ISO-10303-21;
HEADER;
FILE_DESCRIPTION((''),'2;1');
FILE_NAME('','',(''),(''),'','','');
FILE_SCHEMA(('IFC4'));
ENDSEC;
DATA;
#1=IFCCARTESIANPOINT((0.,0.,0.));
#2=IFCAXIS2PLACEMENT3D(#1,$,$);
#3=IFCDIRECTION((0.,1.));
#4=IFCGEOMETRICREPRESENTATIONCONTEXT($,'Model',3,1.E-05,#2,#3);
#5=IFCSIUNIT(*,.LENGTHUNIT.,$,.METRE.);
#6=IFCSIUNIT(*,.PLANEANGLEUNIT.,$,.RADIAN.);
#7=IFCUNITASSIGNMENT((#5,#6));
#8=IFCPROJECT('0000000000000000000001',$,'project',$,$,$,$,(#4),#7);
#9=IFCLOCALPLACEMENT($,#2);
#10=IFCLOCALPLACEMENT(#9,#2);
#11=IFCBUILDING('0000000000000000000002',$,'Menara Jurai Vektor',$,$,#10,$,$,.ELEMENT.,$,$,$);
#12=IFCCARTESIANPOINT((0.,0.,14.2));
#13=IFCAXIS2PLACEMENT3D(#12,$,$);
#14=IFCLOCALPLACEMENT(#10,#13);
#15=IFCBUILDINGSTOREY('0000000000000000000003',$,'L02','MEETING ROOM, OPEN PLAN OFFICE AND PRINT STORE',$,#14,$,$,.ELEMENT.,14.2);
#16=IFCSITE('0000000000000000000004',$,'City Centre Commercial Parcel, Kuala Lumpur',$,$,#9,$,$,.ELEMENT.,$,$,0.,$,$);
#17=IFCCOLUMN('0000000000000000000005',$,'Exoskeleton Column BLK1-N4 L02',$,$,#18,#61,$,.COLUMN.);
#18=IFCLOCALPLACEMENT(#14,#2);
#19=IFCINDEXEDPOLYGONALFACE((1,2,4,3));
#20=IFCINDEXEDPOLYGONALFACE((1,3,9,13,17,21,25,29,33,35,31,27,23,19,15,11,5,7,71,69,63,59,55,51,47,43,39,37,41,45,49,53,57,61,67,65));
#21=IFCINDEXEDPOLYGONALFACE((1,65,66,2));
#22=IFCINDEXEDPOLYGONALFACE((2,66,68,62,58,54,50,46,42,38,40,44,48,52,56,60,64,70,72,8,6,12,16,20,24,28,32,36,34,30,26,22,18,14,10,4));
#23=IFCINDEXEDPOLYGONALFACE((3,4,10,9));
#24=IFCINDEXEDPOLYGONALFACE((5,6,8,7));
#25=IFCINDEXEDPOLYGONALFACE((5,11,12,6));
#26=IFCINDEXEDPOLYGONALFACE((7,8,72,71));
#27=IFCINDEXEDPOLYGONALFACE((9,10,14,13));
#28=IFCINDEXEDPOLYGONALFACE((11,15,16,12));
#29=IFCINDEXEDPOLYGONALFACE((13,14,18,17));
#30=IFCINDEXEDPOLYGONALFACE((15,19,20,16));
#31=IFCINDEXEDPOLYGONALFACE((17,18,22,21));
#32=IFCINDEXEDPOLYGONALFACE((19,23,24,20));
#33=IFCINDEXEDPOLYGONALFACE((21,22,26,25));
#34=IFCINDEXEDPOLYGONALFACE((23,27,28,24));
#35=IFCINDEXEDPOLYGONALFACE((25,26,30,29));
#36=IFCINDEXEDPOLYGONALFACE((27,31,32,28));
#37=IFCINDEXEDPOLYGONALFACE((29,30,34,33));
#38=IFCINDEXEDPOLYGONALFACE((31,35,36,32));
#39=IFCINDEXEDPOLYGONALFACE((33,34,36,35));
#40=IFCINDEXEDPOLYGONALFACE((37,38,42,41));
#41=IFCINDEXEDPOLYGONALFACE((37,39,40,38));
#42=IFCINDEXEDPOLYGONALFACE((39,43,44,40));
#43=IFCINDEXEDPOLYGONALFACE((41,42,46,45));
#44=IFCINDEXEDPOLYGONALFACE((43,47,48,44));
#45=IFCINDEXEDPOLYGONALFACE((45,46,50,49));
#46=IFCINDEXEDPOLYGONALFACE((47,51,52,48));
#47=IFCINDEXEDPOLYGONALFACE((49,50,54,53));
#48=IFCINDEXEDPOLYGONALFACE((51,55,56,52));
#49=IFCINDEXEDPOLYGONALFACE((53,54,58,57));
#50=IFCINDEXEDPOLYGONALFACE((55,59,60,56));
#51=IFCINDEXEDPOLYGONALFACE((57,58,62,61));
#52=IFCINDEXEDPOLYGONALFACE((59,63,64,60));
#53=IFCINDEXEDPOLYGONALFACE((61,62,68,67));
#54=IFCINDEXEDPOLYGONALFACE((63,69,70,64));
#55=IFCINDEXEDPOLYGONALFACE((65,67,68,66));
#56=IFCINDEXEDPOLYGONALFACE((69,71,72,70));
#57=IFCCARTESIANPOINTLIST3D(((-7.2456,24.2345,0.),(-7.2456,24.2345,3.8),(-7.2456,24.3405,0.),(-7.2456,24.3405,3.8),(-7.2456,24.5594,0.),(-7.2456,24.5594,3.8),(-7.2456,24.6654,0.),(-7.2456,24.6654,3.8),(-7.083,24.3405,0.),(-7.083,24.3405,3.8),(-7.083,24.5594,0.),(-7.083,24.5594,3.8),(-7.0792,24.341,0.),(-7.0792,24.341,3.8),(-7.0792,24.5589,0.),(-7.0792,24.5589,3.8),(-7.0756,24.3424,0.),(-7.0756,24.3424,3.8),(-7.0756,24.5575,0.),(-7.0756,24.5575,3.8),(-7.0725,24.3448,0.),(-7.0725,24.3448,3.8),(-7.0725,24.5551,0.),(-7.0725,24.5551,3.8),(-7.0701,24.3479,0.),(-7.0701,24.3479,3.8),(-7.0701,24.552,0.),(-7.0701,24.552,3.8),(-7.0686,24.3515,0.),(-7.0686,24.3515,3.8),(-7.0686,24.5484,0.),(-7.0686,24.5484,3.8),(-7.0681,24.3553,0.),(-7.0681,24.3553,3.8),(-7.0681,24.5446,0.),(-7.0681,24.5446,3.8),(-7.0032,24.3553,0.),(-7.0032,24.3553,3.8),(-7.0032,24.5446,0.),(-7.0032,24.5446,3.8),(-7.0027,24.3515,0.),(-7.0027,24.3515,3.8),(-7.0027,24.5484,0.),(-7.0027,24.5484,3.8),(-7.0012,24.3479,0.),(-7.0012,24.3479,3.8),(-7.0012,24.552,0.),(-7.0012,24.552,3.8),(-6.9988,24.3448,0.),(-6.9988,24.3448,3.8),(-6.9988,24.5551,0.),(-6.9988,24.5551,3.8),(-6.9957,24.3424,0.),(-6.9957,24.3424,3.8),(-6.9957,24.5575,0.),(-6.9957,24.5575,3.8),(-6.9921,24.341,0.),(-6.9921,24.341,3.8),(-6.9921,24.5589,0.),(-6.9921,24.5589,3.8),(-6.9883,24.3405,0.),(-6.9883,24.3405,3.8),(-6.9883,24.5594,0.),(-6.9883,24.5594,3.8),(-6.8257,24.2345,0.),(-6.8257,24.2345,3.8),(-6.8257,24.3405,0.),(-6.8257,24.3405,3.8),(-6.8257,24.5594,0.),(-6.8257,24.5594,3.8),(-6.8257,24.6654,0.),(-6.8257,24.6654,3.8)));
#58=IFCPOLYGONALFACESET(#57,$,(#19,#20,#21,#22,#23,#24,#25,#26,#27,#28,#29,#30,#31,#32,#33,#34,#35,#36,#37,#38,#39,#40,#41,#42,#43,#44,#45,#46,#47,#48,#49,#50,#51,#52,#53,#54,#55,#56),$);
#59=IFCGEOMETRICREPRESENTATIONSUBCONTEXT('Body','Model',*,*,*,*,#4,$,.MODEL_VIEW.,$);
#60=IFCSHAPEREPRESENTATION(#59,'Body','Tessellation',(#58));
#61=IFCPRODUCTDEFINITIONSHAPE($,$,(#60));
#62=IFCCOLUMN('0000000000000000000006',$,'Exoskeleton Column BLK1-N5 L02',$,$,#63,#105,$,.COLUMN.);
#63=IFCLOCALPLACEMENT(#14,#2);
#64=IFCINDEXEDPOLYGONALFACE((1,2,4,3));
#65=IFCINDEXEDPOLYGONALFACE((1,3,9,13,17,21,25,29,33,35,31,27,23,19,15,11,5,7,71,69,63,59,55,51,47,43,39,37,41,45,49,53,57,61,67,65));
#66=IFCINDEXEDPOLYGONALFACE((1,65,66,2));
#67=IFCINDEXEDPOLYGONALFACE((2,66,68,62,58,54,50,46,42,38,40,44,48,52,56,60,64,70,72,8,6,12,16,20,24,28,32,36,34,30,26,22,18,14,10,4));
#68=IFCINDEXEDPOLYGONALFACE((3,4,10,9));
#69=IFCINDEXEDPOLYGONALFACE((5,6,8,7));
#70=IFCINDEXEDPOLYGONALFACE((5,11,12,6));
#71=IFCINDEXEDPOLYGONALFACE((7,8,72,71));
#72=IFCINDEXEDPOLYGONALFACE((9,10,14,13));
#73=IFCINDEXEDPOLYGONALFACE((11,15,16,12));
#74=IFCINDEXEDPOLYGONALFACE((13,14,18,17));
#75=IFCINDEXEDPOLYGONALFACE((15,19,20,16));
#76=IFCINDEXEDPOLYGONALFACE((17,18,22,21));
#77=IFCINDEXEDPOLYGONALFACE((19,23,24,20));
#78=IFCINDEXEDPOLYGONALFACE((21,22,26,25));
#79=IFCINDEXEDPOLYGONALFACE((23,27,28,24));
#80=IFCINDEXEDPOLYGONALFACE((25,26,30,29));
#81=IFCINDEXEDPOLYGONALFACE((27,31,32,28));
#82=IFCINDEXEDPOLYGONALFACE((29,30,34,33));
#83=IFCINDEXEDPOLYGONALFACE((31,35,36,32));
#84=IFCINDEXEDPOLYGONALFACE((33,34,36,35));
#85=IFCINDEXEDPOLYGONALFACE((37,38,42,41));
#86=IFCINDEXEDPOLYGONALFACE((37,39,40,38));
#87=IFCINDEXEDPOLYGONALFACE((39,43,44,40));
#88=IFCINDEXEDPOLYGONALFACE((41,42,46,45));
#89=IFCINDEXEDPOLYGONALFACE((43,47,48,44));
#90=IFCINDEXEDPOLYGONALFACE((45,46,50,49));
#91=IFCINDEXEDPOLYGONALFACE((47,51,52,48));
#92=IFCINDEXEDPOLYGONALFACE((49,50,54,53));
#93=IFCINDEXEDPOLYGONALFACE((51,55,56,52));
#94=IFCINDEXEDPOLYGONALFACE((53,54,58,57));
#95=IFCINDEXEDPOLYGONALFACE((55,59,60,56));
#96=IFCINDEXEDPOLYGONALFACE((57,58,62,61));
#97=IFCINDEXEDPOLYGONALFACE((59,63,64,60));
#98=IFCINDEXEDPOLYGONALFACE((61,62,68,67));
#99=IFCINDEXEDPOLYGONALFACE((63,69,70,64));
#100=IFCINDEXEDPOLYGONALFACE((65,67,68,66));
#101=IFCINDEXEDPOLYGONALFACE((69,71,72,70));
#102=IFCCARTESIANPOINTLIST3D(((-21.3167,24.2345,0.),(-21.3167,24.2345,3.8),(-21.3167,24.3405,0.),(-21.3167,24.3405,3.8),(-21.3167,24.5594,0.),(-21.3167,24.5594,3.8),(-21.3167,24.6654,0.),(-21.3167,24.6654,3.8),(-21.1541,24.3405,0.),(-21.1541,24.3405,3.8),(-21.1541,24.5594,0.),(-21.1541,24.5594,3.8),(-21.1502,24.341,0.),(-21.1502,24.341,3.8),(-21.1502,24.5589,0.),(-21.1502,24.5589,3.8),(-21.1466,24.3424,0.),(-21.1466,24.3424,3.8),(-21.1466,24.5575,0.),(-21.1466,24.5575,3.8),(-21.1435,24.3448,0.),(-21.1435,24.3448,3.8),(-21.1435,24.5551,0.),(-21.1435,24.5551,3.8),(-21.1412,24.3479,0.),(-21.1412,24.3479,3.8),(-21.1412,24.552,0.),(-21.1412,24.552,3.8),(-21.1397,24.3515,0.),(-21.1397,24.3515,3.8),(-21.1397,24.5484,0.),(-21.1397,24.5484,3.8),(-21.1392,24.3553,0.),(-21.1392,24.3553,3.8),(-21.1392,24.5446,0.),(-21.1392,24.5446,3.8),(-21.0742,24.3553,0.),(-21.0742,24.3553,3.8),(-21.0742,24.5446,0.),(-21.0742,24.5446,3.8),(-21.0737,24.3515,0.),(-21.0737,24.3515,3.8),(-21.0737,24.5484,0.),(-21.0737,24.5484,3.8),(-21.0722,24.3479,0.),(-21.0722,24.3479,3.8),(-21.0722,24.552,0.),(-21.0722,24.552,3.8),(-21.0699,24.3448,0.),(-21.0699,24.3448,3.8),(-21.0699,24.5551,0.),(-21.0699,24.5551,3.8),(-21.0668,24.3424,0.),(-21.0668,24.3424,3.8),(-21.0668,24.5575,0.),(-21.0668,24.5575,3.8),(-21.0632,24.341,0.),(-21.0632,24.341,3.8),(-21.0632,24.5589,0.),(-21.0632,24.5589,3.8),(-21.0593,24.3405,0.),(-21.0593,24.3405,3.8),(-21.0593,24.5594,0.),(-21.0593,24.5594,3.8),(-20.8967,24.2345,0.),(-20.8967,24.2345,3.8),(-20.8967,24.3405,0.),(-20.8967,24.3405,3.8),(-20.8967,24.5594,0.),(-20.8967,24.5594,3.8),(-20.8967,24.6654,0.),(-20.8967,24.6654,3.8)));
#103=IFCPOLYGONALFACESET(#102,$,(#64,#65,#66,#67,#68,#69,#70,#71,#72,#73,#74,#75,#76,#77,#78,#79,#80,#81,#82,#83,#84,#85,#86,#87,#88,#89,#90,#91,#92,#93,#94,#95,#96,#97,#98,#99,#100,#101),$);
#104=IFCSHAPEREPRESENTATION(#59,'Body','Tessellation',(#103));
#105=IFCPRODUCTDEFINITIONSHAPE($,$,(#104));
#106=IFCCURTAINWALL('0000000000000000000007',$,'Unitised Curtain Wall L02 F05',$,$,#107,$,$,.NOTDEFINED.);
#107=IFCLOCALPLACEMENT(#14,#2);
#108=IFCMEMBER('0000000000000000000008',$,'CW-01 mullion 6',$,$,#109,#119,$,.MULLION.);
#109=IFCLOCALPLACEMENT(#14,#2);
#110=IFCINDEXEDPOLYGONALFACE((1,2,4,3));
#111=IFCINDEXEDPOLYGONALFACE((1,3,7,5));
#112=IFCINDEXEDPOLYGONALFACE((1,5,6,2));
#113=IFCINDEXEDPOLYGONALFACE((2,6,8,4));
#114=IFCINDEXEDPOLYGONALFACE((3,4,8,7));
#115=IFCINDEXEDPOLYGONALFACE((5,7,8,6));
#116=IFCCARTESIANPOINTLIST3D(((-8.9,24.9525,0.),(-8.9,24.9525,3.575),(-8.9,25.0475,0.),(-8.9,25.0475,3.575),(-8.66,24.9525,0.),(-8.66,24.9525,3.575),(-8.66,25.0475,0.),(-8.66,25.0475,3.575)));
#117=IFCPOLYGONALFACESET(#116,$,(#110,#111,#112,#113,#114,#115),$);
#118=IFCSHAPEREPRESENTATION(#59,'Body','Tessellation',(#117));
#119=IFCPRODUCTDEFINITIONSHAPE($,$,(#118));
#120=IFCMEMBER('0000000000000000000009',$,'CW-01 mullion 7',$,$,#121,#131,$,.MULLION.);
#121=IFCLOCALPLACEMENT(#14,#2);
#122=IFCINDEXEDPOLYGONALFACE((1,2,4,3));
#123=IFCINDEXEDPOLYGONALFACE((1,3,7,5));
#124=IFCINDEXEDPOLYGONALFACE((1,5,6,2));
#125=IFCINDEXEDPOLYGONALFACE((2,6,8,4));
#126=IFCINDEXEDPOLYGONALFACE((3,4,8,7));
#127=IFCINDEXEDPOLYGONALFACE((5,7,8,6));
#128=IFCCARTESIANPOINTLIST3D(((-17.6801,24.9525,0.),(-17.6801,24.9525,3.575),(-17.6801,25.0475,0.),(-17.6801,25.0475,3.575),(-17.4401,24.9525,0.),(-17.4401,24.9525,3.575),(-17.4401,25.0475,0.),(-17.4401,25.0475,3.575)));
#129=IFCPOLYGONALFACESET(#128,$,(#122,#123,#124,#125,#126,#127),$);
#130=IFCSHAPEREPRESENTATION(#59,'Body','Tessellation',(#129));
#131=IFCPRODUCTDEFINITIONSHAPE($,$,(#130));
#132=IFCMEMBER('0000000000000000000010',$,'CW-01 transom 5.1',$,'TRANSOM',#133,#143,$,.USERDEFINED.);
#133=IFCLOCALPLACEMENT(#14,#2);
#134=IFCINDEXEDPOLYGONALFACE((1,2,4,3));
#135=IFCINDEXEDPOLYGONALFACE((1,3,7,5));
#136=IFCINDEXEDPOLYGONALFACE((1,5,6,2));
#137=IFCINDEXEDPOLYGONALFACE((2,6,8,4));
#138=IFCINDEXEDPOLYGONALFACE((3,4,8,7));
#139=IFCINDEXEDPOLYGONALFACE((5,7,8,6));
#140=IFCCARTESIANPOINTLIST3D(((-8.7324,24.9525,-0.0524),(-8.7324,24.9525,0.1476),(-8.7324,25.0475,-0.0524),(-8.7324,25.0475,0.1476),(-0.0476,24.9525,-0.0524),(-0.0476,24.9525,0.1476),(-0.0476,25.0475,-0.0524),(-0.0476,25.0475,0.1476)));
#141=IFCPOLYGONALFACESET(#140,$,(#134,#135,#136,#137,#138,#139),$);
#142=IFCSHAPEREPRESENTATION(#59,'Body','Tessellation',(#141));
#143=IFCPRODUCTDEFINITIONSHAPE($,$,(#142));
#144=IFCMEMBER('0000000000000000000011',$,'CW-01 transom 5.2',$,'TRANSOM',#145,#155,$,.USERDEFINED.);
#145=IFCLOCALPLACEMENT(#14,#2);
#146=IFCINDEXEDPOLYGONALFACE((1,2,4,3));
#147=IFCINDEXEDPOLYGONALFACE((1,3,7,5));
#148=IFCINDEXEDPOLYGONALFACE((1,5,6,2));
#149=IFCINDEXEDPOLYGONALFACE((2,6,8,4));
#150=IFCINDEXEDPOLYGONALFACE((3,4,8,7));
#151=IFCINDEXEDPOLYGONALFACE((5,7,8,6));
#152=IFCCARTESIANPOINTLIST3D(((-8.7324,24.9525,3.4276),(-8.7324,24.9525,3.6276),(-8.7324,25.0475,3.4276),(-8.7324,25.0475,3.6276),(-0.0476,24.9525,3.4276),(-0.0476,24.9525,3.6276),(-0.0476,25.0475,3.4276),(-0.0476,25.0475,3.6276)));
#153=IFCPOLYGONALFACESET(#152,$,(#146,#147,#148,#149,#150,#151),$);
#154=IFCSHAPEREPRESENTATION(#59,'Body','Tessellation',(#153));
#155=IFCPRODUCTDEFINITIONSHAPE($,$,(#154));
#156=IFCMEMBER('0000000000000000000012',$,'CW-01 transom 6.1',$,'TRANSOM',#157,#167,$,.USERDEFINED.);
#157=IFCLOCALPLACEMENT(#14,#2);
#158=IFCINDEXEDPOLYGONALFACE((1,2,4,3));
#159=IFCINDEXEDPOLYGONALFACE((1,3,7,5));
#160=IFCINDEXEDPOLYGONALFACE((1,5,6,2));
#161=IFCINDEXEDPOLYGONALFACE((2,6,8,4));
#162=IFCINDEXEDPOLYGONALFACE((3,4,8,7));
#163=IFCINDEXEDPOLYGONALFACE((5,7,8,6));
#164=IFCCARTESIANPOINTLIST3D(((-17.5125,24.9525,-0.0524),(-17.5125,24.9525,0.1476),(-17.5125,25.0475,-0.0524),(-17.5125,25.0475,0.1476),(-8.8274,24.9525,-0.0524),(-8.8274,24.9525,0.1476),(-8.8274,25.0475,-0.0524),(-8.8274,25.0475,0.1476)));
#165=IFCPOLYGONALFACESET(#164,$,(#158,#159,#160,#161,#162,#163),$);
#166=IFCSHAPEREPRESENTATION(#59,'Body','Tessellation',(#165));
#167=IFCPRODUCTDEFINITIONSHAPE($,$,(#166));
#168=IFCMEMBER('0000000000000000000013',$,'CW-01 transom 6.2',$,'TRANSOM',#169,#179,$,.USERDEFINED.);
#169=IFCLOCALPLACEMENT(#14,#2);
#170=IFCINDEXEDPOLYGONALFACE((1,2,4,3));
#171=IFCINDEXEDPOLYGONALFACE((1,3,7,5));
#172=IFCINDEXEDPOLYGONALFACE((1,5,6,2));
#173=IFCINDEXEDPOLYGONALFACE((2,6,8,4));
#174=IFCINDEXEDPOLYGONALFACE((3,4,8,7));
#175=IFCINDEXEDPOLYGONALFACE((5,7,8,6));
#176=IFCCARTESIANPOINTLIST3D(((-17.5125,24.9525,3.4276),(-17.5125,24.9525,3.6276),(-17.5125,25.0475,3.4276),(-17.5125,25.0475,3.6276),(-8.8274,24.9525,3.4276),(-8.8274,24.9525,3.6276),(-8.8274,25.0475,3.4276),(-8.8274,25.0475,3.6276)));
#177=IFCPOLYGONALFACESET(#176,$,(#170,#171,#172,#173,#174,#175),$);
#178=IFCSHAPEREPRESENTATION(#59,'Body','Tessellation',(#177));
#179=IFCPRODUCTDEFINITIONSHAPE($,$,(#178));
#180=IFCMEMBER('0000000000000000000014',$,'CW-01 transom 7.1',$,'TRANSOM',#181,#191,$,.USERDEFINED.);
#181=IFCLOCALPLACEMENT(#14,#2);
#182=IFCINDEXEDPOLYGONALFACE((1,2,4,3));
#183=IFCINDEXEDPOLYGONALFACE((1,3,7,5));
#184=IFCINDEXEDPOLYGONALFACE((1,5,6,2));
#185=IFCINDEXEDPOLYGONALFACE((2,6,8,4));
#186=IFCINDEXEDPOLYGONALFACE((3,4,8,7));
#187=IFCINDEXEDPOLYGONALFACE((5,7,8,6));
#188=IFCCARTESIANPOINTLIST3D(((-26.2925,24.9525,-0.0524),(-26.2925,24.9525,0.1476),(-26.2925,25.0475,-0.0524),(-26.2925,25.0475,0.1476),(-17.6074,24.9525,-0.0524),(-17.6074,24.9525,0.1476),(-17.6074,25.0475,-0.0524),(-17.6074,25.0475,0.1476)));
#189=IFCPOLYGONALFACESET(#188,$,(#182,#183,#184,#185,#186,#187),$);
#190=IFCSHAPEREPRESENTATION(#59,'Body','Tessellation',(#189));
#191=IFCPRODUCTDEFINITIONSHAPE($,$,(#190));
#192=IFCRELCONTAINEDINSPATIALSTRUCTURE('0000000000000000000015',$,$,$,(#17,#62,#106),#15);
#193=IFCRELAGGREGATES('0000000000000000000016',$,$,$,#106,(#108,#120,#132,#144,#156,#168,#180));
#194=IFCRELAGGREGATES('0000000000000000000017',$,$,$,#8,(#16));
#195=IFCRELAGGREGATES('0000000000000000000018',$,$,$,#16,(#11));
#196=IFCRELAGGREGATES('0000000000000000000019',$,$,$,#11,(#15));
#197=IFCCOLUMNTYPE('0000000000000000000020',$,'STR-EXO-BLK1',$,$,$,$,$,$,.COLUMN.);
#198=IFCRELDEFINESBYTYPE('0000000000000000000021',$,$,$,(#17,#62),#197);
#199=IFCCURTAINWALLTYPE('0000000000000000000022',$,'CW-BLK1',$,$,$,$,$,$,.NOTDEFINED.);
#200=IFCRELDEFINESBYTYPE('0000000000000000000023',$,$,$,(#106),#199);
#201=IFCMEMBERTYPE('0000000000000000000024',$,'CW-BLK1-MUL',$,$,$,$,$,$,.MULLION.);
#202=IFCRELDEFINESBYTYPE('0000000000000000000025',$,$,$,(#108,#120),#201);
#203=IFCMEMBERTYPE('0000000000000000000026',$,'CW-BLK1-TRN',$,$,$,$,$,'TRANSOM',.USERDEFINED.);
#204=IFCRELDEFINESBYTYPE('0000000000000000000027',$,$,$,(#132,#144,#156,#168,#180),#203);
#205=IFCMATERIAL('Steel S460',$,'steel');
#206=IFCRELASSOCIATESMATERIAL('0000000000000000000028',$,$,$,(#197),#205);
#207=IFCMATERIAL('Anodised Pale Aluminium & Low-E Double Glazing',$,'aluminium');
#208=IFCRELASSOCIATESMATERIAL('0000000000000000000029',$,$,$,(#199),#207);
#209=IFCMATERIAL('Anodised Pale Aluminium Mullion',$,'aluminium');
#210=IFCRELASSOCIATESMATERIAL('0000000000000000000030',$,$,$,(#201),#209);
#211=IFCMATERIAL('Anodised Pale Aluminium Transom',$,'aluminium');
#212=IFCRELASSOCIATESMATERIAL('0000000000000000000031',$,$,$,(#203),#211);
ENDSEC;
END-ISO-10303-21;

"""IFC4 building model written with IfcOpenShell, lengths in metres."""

from ifc_helpers import new_model, si_unit, direction, frame, origin, origin_2d, place, context, subcontext, project, spatial, rectangle, i_section, extrude, material, material_profile, profile_set, type_object, element, aggregate, save


model = new_model("IFC4")

# Units and contexts
model_context = context("Model", 3, precision=1e-05, world=origin(), true_north=direction((0.0, 1.0)))
body_context = subcontext(model_context, "Body", "Model", "MODEL_VIEW")
ifc_project = project(units=[si_unit("LENGTHUNIT", "METRE"), si_unit("PLANEANGLEUNIT", "RADIAN")], contexts=[model_context])

# Site, building, storey
site_placement = place(None, origin())
site = spatial("IfcSite", under=ifc_project, at=site_placement, Name="City Centre Commercial Parcel, Kuala Lumpur", CompositionType="ELEMENT", RefElevation=0.0)
building_placement = place(site_placement, origin())
building = spatial("IfcBuilding", under=site, at=building_placement, Name="Menara Jurai Vektor", CompositionType="ELEMENT")
storey_placement = place(building_placement, frame((0.0, 0.0, 14.2)))
storey = spatial("IfcBuildingStorey", under=building, at=storey_placement, Name="L02", Description="MEETING ROOM, OPEN PLAN OFFICE AND PRINT STORE", CompositionType="ELEMENT", Elevation=14.2)

# Columns
ifc_material_1 = material(Name="Steel S460", Category="steel")
ifc_material_profile_1 = material_profile(ifc_material_1, i_section(OverallWidth=0.4199, OverallDepth=0.4309, WebThickness=0.0649, FlangeThickness=0.106, FilletRadius=0.0149, at=origin_2d()), Name="HD 400x900")
ifc_profile_set_1 = profile_set([ifc_material_profile_1], Name="Steel S460")
column_type = type_object("IfcColumnType", Name="STR-EXO-BLK1", PredefinedType="COLUMN", material=ifc_profile_set_1)
for number, where, z_axis, x_axis, name in (
    (1, (-7.0356, 24.45, 0.0), (0.0, 0.0, 1.0), (1.0, 0.0, 0.0), "Exoskeleton Column BLK1-N4 L02"),
    (2, (-21.1067, 24.45, 0.0), (0.0, 0.0, 1.0), (1.0, 0.0, 0.0), "Exoskeleton Column BLK1-N5 L02"),
):
    element("IfcColumn", number, at=place(storey_placement, frame(where, z_axis=z_axis, x_axis=x_axis)), inside=storey, type_object=column_type, Name=name, PredefinedType="COLUMN", context=body_context, shape_type="SweptSolid", body=[
        extrude(i_section(OverallWidth=0.4199, OverallDepth=0.4309, WebThickness=0.0649, FlangeThickness=0.106, FilletRadius=0.0149, at=origin_2d()), origin(), (0.0, 0.0, 1.0), 3.8),
    ])

# Curtain wall, members
ifc_material_2 = material(Name="Anodised Pale Aluminium & Low-E Double Glazing", Category="aluminium")
curtain_wall_type = type_object("IfcCurtainWallType", Name="CW-BLK1", PredefinedType="NOTDEFINED", material=ifc_material_2)
curtain_wall_placement = place(storey_placement, origin())
curtain_wall = element("IfcCurtainWall", 3, at=curtain_wall_placement, inside=storey, type_object=curtain_wall_type, Name="Unitised Curtain Wall L02 F05", PredefinedType="NOTDEFINED")
ifc_material_3 = material(Name="Anodised Pale Aluminium Mullion", Category="aluminium")
ifc_material_profile_2 = material_profile(ifc_material_3, rectangle(XDim=0.095, YDim=0.24, at=origin_2d()), Name="ALU MUL 95x240")
ifc_profile_set_2 = profile_set([ifc_material_profile_2], Name="Anodised Pale Aluminium Mullion")
member_type_1 = type_object("IfcMemberType", Name="CW-BLK1-MUL", PredefinedType="MULLION", material=ifc_profile_set_2)
member_1_placement = place(storey_placement, frame((-8.78, 25.0, 0.0), z_axis=(0.0, 0.0, 1.0), x_axis=(0.0, -1.0, 0.0)))
member_1 = element("IfcMember", 4, at=member_1_placement, type_object=member_type_1, Name="CW-01 mullion 6", PredefinedType="MULLION", context=body_context, shape_type="SweptSolid", body=[
    extrude(rectangle(XDim=0.095, YDim=0.24, at=origin_2d()), origin(), (0.0, 0.0, 1.0), 3.575),
])
member_2_placement = place(storey_placement, frame((-17.5601, 25.0, 0.0), z_axis=(0.0, 0.0, 1.0), x_axis=(0.0, -1.0, 0.0)))
member_2 = element("IfcMember", 5, at=member_2_placement, type_object=member_type_1, Name="CW-01 mullion 7", PredefinedType="MULLION", context=body_context, shape_type="SweptSolid", body=[
    extrude(rectangle(XDim=0.095, YDim=0.24, at=origin_2d()), origin(), (0.0, 0.0, 1.0), 3.575),
])
ifc_material_4 = material(Name="Anodised Pale Aluminium Transom", Category="aluminium")
ifc_material_profile_3 = material_profile(ifc_material_4, rectangle(XDim=0.095, YDim=0.2, at=origin_2d()), Name="ALU TRN 95x200")
ifc_profile_set_3 = profile_set([ifc_material_profile_3], Name="Anodised Pale Aluminium Transom")
member_type_2 = type_object("IfcMemberType", Name="CW-BLK1-TRN", ElementType="TRANSOM", PredefinedType="USERDEFINED", material=ifc_profile_set_3)
member_3_placement = place(storey_placement, frame((-0.0476, 25.0, 0.0476), z_axis=(-1.0, 0.0, 0.0), x_axis=(0.0, -1.0, 0.0)))
member_3 = element("IfcMember", 6, at=member_3_placement, type_object=member_type_2, Name="CW-01 transom 5.1", ObjectType="TRANSOM", PredefinedType="USERDEFINED", context=body_context, shape_type="SweptSolid", body=[
    extrude(rectangle(XDim=0.095, YDim=0.2, at=origin_2d()), origin(), (0.0, 0.0, 1.0), 8.6848),
])
member_4_placement = place(storey_placement, frame((-0.0476, 25.0, 3.5276), z_axis=(-1.0, 0.0, 0.0), x_axis=(0.0, -1.0, 0.0)))
member_4 = element("IfcMember", 7, at=member_4_placement, type_object=member_type_2, Name="CW-01 transom 5.2", ObjectType="TRANSOM", PredefinedType="USERDEFINED", context=body_context, shape_type="SweptSolid", body=[
    extrude(rectangle(XDim=0.095, YDim=0.2, at=origin_2d()), origin(), (0.0, 0.0, 1.0), 8.6848),
])
member_5_placement = place(storey_placement, frame((-8.8274, 25.0, 0.0476), z_axis=(-1.0, 0.0, 0.0), x_axis=(0.0, -1.0, 0.0)))
member_5 = element("IfcMember", 8, at=member_5_placement, type_object=member_type_2, Name="CW-01 transom 6.1", ObjectType="TRANSOM", PredefinedType="USERDEFINED", context=body_context, shape_type="SweptSolid", body=[
    extrude(rectangle(XDim=0.095, YDim=0.2, at=origin_2d()), origin(), (0.0, 0.0, 1.0), 8.6851),
])
member_6_placement = place(storey_placement, frame((-8.8274, 25.0, 3.5276), z_axis=(-1.0, 0.0, 0.0), x_axis=(0.0, -1.0, 0.0)))
member_6 = element("IfcMember", 9, at=member_6_placement, type_object=member_type_2, Name="CW-01 transom 6.2", ObjectType="TRANSOM", PredefinedType="USERDEFINED", context=body_context, shape_type="SweptSolid", body=[
    extrude(rectangle(XDim=0.095, YDim=0.2, at=origin_2d()), origin(), (0.0, 0.0, 1.0), 8.6851),
])
member_7_placement = place(storey_placement, frame((-17.6074, 25.0, 0.0476), z_axis=(-1.0, 0.0, 0.0), x_axis=(0.0, -1.0, 0.0)))
member_7 = element("IfcMember", 10, at=member_7_placement, type_object=member_type_2, Name="CW-01 transom 7.1", ObjectType="TRANSOM", PredefinedType="USERDEFINED", context=body_context, shape_type="SweptSolid", body=[
    extrude(rectangle(XDim=0.095, YDim=0.2, at=origin_2d()), origin(), (0.0, 0.0, 1.0), 8.6851),
])

aggregate(curtain_wall, [member_1, member_2, member_3, member_4, member_5, member_6, member_7])

save(model, "model.ifc")
